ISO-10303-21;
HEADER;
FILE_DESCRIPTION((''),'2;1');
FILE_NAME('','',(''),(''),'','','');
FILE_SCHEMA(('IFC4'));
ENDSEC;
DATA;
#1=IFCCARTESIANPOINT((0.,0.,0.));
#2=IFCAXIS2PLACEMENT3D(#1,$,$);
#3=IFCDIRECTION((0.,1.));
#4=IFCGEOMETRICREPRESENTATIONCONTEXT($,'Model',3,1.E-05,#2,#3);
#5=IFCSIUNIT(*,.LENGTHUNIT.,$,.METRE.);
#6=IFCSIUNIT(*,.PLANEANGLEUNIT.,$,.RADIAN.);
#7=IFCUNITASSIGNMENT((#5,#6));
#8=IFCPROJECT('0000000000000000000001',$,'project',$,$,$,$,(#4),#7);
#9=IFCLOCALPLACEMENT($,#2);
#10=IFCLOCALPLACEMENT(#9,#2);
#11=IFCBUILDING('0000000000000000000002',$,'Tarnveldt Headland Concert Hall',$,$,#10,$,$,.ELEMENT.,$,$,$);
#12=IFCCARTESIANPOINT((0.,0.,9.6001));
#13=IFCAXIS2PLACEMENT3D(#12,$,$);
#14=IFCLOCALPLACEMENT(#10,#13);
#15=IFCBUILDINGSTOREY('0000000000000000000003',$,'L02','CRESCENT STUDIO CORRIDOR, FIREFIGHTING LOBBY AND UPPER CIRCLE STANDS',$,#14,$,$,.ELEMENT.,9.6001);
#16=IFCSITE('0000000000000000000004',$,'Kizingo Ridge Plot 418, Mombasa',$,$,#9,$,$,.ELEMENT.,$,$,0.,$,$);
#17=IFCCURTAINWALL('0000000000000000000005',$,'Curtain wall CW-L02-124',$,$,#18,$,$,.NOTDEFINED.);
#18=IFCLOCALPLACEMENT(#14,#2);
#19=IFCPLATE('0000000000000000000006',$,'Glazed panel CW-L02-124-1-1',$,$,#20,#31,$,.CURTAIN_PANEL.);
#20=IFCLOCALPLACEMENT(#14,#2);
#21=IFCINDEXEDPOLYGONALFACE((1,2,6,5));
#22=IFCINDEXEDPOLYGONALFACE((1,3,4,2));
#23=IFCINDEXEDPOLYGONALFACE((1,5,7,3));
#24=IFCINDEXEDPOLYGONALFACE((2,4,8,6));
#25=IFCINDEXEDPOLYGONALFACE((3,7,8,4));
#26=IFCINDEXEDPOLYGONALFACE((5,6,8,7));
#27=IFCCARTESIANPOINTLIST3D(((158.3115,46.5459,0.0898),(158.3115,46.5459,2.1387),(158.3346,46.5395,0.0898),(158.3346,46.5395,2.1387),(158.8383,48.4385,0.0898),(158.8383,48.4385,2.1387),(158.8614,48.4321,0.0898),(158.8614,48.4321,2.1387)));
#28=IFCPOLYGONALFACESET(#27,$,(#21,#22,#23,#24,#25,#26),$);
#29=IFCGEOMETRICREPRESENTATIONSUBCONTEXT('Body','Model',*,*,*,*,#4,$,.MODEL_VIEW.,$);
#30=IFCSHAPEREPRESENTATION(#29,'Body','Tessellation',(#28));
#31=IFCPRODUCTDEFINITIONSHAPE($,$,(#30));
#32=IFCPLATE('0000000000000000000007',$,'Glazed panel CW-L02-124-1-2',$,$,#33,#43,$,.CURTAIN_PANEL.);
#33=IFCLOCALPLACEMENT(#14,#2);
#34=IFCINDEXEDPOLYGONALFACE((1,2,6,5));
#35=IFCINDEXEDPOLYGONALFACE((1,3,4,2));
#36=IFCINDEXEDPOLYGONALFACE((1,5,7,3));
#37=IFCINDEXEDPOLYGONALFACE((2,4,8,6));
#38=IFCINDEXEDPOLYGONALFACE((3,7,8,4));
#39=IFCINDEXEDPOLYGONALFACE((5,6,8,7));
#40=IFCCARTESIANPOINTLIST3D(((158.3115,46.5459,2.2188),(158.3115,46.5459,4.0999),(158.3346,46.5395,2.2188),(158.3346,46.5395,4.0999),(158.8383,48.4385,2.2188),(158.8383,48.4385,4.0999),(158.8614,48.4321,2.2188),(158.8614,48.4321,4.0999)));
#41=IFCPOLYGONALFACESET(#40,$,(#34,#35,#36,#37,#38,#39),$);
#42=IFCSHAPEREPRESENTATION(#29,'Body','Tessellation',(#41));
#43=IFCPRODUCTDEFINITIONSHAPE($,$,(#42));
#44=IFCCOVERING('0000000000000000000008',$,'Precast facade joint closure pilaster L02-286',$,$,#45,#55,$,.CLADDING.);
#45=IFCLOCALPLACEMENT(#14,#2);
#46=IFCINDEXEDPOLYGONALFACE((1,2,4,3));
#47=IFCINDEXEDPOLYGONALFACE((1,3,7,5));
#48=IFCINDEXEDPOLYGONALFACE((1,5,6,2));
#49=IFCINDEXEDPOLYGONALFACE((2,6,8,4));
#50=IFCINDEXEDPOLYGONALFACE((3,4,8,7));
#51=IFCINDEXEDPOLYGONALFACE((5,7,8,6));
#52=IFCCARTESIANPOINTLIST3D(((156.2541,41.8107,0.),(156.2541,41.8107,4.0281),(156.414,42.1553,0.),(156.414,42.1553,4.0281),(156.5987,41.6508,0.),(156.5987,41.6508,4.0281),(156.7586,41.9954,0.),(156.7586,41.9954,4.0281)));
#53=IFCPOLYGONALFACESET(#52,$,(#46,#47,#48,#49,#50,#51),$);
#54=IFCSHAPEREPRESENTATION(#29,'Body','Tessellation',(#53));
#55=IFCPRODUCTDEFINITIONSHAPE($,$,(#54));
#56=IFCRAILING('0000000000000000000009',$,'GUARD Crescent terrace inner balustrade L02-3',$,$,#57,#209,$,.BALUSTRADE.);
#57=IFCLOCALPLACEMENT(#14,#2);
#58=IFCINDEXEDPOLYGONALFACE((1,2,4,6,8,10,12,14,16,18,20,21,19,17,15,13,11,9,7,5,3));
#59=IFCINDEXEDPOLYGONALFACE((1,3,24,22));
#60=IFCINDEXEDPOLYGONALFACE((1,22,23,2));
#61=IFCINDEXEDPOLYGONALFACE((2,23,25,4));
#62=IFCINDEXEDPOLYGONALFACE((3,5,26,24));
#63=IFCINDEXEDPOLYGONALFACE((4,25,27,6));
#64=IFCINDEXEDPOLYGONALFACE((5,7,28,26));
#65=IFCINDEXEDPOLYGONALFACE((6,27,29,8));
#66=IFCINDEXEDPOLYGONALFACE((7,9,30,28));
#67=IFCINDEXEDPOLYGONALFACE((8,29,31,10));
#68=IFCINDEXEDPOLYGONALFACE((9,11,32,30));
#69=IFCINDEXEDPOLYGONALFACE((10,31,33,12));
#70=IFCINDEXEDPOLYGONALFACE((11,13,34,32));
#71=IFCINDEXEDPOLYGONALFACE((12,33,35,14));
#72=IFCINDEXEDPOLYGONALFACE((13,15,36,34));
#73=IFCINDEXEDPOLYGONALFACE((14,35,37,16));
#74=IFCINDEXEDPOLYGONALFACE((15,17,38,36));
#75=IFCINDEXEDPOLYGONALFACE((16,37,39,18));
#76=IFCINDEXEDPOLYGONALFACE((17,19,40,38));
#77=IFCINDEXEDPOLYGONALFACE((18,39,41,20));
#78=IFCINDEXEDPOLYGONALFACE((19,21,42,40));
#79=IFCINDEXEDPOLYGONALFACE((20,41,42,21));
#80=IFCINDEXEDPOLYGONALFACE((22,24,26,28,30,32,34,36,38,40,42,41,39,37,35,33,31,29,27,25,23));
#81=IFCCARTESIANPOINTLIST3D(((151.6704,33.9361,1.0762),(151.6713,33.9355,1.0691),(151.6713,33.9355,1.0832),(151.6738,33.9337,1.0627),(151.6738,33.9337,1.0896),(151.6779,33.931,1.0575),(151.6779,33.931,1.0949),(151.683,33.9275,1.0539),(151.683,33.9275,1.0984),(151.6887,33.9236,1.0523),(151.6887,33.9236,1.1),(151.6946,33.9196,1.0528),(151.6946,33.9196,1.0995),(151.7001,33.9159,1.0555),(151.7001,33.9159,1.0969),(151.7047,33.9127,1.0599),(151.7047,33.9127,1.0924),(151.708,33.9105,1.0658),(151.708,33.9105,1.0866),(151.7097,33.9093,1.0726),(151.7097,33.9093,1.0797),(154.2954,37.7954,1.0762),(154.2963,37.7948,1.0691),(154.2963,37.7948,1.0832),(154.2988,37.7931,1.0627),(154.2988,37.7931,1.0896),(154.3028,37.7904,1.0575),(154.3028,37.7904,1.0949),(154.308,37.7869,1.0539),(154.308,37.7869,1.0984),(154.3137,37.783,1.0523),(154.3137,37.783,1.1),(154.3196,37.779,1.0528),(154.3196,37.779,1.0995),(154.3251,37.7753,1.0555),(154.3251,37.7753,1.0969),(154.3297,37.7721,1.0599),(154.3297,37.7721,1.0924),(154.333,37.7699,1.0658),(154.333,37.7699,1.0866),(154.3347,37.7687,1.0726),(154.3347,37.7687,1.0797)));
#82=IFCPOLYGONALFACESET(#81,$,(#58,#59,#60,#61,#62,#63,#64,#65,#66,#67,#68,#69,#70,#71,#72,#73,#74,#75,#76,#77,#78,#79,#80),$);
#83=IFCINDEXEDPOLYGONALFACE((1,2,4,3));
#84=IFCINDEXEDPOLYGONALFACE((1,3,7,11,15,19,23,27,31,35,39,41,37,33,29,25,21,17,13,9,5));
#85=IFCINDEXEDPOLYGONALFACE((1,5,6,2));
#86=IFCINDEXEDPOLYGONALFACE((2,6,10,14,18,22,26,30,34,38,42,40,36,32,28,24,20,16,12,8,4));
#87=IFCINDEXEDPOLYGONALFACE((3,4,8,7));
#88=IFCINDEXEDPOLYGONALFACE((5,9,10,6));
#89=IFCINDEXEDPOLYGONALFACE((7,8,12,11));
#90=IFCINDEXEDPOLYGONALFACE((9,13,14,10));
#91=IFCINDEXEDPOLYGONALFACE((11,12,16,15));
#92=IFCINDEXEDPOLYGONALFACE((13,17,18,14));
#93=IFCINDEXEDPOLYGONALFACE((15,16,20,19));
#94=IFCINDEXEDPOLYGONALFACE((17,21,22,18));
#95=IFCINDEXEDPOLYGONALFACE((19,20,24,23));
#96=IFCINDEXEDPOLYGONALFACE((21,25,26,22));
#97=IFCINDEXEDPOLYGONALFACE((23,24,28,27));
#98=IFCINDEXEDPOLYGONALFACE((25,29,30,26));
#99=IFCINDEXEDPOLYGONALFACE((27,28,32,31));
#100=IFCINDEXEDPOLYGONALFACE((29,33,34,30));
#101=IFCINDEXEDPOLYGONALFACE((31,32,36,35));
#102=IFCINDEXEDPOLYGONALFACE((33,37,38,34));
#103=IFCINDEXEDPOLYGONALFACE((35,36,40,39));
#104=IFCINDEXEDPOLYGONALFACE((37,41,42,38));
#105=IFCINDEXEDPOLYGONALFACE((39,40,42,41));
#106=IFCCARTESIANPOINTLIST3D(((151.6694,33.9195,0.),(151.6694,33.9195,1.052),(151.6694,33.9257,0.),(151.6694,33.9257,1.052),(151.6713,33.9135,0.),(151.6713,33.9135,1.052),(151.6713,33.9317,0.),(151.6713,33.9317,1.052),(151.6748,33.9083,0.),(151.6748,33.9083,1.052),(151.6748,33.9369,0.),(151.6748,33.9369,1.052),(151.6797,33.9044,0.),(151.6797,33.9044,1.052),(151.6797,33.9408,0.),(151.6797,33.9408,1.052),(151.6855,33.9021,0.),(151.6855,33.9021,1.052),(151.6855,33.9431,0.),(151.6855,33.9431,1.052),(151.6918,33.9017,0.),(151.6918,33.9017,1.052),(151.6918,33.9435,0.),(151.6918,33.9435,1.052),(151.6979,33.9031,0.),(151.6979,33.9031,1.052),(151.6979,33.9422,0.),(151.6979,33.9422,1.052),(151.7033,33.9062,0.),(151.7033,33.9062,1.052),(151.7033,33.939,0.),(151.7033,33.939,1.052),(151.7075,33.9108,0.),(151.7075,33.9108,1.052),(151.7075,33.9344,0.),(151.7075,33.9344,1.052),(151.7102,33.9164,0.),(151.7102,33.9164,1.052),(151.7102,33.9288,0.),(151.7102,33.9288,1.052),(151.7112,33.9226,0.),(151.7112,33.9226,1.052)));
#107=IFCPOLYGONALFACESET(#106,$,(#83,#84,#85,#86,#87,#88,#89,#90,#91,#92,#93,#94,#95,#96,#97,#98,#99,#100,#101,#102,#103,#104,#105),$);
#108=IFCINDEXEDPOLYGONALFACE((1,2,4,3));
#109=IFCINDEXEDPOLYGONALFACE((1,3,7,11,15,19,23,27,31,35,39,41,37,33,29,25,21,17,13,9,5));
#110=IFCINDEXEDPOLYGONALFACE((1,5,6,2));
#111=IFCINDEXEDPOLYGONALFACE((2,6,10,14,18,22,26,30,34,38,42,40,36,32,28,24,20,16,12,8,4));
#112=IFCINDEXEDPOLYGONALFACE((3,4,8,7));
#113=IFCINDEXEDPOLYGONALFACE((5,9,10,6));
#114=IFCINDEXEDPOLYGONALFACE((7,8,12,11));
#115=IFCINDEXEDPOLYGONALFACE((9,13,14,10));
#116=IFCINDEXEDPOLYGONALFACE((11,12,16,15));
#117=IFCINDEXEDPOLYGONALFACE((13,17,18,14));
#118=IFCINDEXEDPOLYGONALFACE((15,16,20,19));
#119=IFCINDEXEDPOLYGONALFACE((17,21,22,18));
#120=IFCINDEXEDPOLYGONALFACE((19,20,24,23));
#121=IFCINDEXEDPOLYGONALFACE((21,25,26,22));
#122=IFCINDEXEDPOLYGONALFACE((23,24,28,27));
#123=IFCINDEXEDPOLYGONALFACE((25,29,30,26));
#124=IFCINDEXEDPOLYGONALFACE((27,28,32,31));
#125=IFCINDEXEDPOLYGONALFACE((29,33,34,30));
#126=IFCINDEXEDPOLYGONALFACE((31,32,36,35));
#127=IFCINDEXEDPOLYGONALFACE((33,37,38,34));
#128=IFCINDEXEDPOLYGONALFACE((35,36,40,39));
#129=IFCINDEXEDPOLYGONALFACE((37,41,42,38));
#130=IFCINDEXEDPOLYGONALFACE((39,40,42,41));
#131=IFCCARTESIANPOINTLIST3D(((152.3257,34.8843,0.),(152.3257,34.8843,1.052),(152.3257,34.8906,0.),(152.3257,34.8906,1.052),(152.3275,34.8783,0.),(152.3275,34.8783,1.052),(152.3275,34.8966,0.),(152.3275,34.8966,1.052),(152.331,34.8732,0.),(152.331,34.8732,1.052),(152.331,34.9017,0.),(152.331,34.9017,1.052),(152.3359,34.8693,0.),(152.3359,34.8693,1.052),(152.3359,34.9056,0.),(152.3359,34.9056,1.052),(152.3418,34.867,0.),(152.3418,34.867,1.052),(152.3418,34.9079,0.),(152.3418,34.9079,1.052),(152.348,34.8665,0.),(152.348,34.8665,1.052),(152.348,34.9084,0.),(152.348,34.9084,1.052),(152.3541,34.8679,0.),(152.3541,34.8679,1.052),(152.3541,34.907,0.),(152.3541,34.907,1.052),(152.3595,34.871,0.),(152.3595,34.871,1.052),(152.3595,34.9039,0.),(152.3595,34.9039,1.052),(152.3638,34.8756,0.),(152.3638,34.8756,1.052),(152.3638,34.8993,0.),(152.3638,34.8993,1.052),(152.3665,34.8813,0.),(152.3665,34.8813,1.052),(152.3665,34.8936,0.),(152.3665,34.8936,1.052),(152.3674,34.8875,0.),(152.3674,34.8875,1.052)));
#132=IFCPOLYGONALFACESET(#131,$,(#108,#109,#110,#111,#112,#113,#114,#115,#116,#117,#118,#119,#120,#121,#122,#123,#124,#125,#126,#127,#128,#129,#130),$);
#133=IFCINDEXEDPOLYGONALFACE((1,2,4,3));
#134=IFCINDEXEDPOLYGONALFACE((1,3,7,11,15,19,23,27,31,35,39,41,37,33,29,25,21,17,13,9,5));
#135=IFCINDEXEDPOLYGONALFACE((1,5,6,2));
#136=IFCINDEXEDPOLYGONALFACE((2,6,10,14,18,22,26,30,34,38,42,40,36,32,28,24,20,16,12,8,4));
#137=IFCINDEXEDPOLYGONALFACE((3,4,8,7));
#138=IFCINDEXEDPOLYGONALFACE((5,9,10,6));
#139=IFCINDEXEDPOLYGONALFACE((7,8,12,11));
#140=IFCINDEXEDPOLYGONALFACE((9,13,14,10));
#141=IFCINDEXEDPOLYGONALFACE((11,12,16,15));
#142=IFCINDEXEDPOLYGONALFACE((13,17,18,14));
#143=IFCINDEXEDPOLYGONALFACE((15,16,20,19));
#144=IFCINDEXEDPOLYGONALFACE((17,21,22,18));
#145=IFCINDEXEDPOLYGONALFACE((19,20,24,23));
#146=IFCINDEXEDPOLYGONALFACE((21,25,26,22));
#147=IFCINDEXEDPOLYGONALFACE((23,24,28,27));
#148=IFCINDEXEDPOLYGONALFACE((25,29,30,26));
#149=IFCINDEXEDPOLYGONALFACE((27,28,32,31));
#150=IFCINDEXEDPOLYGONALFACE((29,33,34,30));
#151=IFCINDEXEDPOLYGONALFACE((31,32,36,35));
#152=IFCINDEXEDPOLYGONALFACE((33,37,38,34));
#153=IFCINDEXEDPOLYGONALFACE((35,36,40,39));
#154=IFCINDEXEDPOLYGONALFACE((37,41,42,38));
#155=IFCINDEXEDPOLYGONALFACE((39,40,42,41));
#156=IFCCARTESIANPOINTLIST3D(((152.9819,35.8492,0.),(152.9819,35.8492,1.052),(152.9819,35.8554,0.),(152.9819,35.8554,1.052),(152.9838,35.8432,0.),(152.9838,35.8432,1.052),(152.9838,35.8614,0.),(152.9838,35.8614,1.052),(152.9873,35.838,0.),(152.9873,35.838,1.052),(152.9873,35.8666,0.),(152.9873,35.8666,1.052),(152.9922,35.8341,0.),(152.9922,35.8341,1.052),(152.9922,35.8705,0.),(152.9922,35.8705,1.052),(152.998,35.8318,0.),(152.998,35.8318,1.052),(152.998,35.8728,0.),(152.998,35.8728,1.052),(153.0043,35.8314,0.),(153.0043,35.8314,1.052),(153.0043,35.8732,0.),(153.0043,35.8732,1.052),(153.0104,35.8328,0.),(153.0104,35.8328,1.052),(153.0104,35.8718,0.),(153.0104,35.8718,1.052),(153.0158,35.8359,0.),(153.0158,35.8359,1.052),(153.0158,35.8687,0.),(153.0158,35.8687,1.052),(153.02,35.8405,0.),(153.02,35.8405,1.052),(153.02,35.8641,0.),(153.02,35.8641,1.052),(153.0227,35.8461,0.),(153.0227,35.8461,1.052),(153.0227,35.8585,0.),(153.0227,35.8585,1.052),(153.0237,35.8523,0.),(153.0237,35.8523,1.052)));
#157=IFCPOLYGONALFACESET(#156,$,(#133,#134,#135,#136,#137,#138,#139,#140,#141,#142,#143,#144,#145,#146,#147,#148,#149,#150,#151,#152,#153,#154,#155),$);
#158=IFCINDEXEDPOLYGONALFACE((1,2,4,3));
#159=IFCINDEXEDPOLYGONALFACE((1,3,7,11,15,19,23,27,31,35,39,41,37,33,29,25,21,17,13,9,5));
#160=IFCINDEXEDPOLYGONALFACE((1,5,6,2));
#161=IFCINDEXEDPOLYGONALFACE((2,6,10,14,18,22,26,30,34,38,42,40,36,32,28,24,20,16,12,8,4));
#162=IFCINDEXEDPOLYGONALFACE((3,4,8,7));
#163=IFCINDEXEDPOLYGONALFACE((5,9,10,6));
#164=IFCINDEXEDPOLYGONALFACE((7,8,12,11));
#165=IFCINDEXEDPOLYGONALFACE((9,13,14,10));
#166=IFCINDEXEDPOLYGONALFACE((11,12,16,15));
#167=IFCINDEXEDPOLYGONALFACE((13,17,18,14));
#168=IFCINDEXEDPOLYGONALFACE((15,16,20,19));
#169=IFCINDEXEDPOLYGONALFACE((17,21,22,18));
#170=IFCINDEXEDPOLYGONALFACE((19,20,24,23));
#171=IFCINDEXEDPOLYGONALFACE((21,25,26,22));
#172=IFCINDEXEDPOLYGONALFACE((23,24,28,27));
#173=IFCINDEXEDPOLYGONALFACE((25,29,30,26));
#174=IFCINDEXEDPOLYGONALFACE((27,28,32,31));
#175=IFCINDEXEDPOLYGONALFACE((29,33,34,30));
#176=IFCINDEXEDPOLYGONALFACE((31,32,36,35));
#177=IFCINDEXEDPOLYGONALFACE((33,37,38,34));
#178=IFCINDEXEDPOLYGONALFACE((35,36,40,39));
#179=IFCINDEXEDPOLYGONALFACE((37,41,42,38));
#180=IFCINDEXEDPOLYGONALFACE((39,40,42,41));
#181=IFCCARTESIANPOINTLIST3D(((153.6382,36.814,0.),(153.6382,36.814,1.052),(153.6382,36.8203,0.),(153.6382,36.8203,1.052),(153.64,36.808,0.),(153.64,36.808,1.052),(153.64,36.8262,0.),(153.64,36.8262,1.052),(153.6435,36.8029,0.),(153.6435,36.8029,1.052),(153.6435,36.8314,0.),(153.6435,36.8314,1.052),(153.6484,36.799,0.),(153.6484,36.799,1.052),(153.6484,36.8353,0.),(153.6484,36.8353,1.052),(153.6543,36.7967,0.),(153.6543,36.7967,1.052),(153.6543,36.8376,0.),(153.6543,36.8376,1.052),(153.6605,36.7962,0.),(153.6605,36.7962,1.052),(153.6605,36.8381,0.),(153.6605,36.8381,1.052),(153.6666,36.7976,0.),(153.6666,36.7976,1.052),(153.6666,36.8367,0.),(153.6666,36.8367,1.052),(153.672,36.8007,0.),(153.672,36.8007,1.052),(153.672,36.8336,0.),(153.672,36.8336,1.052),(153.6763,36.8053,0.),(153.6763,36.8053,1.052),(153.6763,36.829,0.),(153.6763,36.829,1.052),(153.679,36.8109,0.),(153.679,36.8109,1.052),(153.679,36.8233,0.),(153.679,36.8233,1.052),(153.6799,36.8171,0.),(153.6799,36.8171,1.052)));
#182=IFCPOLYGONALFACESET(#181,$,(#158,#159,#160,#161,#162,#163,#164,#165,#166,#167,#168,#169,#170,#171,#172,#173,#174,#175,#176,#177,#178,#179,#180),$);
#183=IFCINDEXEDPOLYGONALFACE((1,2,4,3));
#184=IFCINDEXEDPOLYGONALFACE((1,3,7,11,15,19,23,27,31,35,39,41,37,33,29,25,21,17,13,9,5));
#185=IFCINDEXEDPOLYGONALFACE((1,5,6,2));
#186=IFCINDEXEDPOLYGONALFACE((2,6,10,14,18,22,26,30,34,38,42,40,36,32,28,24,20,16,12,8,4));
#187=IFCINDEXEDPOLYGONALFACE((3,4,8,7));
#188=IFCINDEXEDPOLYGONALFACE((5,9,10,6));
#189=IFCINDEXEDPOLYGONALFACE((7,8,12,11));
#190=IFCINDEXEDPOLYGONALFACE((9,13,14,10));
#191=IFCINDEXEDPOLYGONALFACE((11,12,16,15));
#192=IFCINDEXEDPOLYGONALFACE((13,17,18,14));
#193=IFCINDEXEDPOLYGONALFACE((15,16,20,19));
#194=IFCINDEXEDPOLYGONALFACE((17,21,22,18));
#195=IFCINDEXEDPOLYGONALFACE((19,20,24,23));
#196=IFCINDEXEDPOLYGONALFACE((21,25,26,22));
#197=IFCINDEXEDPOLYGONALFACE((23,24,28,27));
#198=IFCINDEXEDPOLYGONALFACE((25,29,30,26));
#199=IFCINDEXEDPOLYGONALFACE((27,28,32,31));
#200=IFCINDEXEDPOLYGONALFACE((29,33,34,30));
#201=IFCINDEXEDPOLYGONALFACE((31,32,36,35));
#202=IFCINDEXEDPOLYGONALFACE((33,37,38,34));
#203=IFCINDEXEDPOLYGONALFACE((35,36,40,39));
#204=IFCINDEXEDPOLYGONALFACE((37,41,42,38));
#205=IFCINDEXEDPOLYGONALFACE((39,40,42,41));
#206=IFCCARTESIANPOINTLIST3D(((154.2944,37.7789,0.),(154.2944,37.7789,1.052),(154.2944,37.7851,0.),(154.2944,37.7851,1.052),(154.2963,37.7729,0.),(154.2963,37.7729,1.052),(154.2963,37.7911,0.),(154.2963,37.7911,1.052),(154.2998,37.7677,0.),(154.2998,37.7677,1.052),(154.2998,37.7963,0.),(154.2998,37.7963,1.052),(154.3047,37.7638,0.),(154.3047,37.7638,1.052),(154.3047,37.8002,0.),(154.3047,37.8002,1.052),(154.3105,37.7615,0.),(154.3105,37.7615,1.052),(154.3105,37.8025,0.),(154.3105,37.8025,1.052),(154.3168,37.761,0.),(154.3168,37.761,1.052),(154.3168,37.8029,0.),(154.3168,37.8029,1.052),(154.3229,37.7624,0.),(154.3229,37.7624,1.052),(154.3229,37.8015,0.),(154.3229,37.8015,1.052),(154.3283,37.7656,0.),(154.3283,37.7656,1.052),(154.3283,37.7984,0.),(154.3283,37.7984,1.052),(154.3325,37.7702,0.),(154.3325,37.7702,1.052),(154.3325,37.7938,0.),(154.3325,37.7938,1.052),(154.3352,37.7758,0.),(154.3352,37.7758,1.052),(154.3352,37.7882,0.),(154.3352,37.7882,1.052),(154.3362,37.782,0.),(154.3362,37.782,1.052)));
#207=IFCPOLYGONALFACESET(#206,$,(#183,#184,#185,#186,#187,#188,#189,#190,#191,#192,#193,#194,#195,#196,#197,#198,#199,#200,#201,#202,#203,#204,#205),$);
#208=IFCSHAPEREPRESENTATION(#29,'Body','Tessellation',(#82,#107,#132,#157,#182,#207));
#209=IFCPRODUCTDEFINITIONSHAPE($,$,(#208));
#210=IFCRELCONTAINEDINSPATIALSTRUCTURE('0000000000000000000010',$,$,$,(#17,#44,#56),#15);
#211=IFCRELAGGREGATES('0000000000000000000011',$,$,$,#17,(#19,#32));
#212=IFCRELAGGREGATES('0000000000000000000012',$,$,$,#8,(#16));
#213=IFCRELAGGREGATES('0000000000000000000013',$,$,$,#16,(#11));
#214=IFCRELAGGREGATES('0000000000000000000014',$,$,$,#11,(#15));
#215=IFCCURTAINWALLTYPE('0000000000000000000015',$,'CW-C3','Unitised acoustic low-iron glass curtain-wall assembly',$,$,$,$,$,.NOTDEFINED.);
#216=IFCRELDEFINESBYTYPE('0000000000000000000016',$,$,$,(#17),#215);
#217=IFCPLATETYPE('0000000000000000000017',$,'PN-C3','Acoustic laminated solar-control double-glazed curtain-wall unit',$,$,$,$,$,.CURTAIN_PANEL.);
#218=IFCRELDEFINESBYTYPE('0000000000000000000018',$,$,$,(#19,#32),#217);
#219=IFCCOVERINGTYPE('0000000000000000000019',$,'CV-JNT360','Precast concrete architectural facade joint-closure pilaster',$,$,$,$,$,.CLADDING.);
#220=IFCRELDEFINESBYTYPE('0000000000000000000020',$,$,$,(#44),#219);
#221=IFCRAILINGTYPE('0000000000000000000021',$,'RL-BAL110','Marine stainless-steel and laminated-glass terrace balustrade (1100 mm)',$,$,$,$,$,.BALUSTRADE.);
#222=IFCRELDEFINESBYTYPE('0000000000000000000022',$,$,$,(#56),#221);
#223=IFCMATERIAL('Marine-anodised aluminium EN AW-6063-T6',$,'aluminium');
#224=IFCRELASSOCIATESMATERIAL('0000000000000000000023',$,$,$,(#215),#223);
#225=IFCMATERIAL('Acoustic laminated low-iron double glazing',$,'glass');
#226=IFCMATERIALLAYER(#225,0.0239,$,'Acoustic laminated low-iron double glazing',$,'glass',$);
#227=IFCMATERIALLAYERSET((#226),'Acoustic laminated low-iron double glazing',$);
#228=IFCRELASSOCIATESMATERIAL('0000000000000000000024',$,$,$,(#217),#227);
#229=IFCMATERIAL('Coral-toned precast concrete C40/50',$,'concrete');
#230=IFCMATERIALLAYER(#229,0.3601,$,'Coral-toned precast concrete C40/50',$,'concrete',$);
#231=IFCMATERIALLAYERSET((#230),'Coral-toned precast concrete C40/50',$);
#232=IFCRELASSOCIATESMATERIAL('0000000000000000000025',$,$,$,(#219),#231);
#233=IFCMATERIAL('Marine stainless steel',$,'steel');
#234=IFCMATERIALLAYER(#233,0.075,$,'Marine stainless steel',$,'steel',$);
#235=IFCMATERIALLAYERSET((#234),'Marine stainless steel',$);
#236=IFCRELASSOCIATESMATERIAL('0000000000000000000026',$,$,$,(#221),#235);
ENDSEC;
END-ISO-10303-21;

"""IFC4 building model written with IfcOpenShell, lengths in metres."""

from ifc_helpers import new_model, si_unit, direction, frame, origin, origin_2d, place, context, subcontext, project, spatial, rectangle, circle, extrude, material, layer, layer_set, type_object, element, aggregate, save


model = new_model("IFC4")

# Units and contexts
model_context = context("Model", 3, precision=1e-05, world=origin(), true_north=direction((0.0, 1.0)))
body_context = subcontext(model_context, "Body", "Model", "MODEL_VIEW")
ifc_project = project(units=[si_unit("LENGTHUNIT", "METRE"), si_unit("PLANEANGLEUNIT", "RADIAN")], contexts=[model_context])

# Site, building, storey
site_placement = place(None, origin())
site = spatial("IfcSite", under=ifc_project, at=site_placement, Name="Kizingo Ridge Plot 418, Mombasa", CompositionType="ELEMENT", RefElevation=0.0)
building_placement = place(site_placement, origin())
building = spatial("IfcBuilding", under=site, at=building_placement, Name="Tarnveldt Headland Concert Hall", CompositionType="ELEMENT")
storey_placement = place(building_placement, frame((0.0, 0.0, 9.6001)))
storey = spatial("IfcBuildingStorey", under=building, at=storey_placement, Name="L02", Description="CRESCENT STUDIO CORRIDOR, FIREFIGHTING LOBBY AND UPPER CIRCLE STANDS", CompositionType="ELEMENT", Elevation=9.6001)

# Curtain wall
ifc_material_1 = material(Name="Marine-anodised aluminium EN AW-6063-T6", Category="aluminium")
curtain_wall_type = type_object("IfcCurtainWallType", Name="CW-C3", Description="Unitised acoustic low-iron glass curtain-wall assembly", PredefinedType="NOTDEFINED", material=ifc_material_1)
curtain_wall_1_placement = place(storey_placement, origin())
curtain_wall_1 = element("IfcCurtainWall", 1, at=curtain_wall_1_placement, inside=storey, type_object=curtain_wall_type, Name="Curtain wall CW-L02-124", PredefinedType="NOTDEFINED")

# Plates
ifc_material_2 = material(Name="Acoustic laminated low-iron double glazing", Category="glass")
ifc_layer_1 = layer(ifc_material_2, 0.0239, Name="Acoustic laminated low-iron double glazing", Category="glass")
ifc_layer_set_1 = layer_set([ifc_layer_1], Name="Acoustic laminated low-iron double glazing")
plate_type = type_object("IfcPlateType", Name="PN-C3", Description="Acoustic laminated solar-control double-glazed curtain-wall unit", PredefinedType="CURTAIN_PANEL", material=ifc_layer_set_1)
plate_1_placement = place(storey_placement, frame((158.5864, 47.489, 0.0898), z_axis=(0.0, 0.0, 1.0), x_axis=(0.268146, 0.963378, 0.0)))
plate_1 = element("IfcPlate", 2, at=plate_1_placement, type_object=plate_type, Name="Glazed panel CW-L02-124-1-1", PredefinedType="CURTAIN_PANEL", context=body_context, shape_type="SweptSolid", body=[
    extrude(rectangle(XDim=1.9646, YDim=0.0239, at=origin_2d()), origin(), (0.0, 0.0, 1.0), 2.0488),
])
plate_2_placement = place(storey_placement, frame((158.5864, 47.489, 2.2188), z_axis=(0.0, 0.0, 1.0), x_axis=(0.268146, 0.963378, 0.0)))
plate_2 = element("IfcPlate", 3, at=plate_2_placement, type_object=plate_type, Name="Glazed panel CW-L02-124-1-2", PredefinedType="CURTAIN_PANEL", context=body_context, shape_type="SweptSolid", body=[
    extrude(rectangle(XDim=1.9646, YDim=0.0239, at=origin_2d()), origin(), (0.0, 0.0, 1.0), 1.8811),
])
aggregate(curtain_wall_1, [plate_1, plate_2])

# Covering
ifc_material_3 = material(Name="Coral-toned precast concrete C40/50", Category="concrete")
ifc_layer_2 = layer(ifc_material_3, 0.3601, Name="Coral-toned precast concrete C40/50", Category="concrete")
ifc_layer_set_2 = layer_set([ifc_layer_2], Name="Coral-toned precast concrete C40/50")
covering_type = type_object("IfcCoveringType", Name="CV-JNT360", Description="Precast concrete architectural facade joint-closure pilaster", PredefinedType="CLADDING", material=ifc_layer_set_2)
covering_placement = place(storey_placement, frame((156.5063, 41.9031, 0.0), z_axis=(0.0, 0.0, 1.0), x_axis=(-0.907117, 0.420877, 0.0)))
element("IfcCovering", 4, at=covering_placement, inside=storey, type_object=covering_type, Name="Precast facade joint closure pilaster L02-286", PredefinedType="CLADDING", context=body_context, shape_type="SweptSolid", body=[
    extrude(rectangle(XDim=0.3799, YDim=0.3799, at=origin_2d()), origin(), (0.0, 0.0, 1.0), 4.0281),
])

# Railing
ifc_material_4 = material(Name="Marine stainless steel", Category="steel")
ifc_layer_3 = layer(ifc_material_4, 0.075, Name="Marine stainless steel", Category="steel")
ifc_layer_set_3 = layer_set([ifc_layer_3], Name="Marine stainless steel")
railing_type = type_object("IfcRailingType", Name="RL-BAL110", Description="Marine stainless-steel and laminated-glass terrace balustrade (1100 mm)", PredefinedType="BALUSTRADE", material=ifc_layer_set_3)
railing_1_placement = place(storey_placement, frame((151.6902, 33.9226, 0.0)))
element("IfcRailing", 5, at=railing_1_placement, inside=storey, type_object=railing_type, Name="GUARD Crescent terrace inner balustrade L02-3", PredefinedType="BALUSTRADE", context=body_context, shape_type="SweptSolid", body=[
    extrude(circle(Radius=0.0239, at=origin_2d()), frame((0.0, 0.0, 1.0762), z_axis=(0.562402, 0.826864, 0.0), x_axis=(-0.826864, 0.562402, 0.0)), (0.0, 0.0, 1.0), 4.6675),
    extrude(circle(Radius=0.021, at=origin_2d()), origin(), (0.0, 0.0, 1.0), 1.052),
    extrude(circle(Radius=0.021, at=origin_2d()), frame((0.6562, 0.9648, 0.0)), (0.0, 0.0, 1.0), 1.052),
    extrude(circle(Radius=0.021, at=origin_2d()), frame((1.3125, 1.9297, 0.0)), (0.0, 0.0, 1.0), 1.052),
    extrude(circle(Radius=0.021, at=origin_2d()), frame((1.9688, 2.8945, 0.0)), (0.0, 0.0, 1.0), 1.052),
    extrude(circle(Radius=0.021, at=origin_2d()), frame((2.625, 3.8594, 0.0)), (0.0, 0.0, 1.0), 1.052),
])

save(model, "model.ifc")
